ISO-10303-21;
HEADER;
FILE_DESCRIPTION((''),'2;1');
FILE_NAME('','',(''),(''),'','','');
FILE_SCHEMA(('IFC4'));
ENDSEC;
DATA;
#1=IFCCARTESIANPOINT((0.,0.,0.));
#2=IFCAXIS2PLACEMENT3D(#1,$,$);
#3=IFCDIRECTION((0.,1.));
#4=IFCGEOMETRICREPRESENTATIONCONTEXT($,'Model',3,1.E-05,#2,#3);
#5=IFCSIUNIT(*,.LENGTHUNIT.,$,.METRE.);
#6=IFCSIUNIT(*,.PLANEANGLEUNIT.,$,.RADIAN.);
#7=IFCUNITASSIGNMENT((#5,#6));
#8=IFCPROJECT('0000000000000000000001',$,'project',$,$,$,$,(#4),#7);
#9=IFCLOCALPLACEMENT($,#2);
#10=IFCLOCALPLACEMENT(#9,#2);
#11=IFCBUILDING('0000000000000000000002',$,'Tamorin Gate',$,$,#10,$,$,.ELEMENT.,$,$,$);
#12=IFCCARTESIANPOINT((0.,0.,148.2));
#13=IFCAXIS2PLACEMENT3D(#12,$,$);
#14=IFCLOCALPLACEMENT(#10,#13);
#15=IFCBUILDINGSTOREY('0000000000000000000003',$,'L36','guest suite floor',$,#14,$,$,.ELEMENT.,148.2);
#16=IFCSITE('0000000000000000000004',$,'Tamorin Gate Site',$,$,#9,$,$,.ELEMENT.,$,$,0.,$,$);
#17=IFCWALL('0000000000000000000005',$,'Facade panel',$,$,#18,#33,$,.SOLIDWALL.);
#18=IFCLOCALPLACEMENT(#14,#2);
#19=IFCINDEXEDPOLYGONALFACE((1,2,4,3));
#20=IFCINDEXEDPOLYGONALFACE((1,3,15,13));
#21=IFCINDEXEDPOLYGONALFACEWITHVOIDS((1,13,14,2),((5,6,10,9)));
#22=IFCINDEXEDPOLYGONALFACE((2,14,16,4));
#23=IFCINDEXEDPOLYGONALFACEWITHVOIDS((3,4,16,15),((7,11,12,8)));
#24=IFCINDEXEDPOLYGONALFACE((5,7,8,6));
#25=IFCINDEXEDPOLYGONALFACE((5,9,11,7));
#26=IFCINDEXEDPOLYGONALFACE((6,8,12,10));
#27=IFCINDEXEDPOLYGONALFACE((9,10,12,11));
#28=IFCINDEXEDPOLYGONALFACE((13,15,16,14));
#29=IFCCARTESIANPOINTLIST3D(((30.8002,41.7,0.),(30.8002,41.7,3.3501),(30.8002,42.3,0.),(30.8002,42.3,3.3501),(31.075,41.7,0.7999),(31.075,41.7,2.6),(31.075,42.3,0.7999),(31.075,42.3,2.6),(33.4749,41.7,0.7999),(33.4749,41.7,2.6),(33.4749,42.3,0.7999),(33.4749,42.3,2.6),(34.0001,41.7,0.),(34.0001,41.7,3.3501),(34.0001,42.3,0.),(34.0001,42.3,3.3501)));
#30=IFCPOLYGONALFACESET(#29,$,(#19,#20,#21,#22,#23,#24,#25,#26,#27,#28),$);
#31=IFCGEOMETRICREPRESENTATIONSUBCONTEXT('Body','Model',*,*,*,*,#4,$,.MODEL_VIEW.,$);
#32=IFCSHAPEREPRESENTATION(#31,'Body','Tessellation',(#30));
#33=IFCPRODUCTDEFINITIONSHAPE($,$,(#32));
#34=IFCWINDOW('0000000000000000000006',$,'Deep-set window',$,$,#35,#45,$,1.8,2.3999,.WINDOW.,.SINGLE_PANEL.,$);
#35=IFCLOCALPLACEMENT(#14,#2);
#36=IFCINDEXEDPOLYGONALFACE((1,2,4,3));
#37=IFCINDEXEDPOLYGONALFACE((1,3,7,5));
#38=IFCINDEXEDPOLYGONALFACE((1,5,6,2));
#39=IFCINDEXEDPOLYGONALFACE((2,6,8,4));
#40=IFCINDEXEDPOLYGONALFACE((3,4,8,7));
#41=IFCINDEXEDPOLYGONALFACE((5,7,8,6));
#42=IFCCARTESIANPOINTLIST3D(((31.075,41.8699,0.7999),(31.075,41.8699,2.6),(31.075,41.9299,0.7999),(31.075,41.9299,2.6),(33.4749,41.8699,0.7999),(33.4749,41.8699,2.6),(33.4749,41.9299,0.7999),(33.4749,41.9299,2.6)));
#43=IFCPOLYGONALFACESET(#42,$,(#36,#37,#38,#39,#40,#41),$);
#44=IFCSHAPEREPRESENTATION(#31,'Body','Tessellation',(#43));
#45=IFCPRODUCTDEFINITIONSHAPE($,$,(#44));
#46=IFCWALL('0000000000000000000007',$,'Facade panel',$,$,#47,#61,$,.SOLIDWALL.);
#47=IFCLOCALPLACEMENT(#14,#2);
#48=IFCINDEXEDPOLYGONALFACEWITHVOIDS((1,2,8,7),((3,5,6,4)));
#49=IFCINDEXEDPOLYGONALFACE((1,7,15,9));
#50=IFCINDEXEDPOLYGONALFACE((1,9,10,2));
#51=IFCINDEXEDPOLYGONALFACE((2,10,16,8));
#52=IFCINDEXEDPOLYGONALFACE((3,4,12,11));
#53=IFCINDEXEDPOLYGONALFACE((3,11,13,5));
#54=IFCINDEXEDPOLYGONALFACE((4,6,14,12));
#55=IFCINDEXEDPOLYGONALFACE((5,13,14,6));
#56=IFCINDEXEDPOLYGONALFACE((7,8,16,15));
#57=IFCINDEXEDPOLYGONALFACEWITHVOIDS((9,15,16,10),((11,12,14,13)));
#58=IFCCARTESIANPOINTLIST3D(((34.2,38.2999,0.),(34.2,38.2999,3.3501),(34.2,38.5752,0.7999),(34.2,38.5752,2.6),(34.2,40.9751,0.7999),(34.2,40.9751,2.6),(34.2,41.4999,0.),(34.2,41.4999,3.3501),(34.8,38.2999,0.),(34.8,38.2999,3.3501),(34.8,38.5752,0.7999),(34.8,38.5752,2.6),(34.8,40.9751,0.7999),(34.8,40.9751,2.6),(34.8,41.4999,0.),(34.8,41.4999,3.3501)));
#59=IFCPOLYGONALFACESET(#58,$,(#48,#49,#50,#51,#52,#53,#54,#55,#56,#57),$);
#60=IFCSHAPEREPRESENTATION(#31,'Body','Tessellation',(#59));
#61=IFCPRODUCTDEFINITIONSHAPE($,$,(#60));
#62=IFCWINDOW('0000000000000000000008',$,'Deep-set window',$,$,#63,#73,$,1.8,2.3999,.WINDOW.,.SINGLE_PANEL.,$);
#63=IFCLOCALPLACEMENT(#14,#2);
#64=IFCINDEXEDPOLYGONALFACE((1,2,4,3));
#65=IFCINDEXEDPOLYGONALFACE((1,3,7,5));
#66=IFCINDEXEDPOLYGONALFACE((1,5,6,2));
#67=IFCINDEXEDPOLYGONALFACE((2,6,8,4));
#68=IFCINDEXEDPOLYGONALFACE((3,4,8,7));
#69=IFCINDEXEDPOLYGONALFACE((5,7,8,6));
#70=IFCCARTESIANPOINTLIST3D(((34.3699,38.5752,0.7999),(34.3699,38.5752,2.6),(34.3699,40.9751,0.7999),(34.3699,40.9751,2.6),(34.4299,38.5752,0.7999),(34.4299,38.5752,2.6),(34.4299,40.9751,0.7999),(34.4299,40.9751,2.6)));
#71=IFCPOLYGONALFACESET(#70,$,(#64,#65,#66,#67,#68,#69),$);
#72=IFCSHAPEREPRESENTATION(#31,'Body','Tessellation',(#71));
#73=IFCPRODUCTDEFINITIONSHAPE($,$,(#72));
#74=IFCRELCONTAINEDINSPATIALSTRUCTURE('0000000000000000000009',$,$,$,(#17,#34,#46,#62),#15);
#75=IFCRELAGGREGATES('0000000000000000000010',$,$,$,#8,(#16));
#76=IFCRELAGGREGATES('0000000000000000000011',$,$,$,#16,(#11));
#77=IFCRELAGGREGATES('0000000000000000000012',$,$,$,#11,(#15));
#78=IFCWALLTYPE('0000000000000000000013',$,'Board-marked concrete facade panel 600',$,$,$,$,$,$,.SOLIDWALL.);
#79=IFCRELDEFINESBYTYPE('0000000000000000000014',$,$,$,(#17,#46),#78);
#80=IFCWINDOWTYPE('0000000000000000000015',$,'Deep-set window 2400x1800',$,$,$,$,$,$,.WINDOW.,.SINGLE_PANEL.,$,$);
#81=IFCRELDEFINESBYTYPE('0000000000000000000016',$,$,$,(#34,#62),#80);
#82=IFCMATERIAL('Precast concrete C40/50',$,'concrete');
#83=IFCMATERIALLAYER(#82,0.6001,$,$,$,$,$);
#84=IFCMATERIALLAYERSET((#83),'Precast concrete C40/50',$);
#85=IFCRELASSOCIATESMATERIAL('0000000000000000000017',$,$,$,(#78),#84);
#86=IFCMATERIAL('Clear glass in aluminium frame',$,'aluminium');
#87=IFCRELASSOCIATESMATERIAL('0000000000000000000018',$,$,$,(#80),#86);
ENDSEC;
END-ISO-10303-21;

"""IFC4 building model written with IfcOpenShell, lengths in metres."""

from ifc_helpers import new_model, si_unit, direction, frame, frame_2d, origin, place, context, subcontext, project, spatial, rectangle, extrude, material, layer, layer_set, type_object, element, fill, save


model = new_model("IFC4")

# Units and contexts
model_context = context("Model", 3, precision=1e-05, world=origin(), true_north=direction((0.0, 1.0)))
body_context = subcontext(model_context, "Body", "Model", "MODEL_VIEW")
ifc_project = project(units=[si_unit("LENGTHUNIT", "METRE"), si_unit("PLANEANGLEUNIT", "RADIAN")], contexts=[model_context])

# Site, building, storey
site_placement = place(None, origin())
site = spatial("IfcSite", under=ifc_project, at=site_placement, Name="Tamorin Gate Site", CompositionType="ELEMENT", RefElevation=0.0)
building_placement = place(site_placement, origin())
building = spatial("IfcBuilding", under=site, at=building_placement, Name="Tamorin Gate", CompositionType="ELEMENT")
storey_placement = place(building_placement, frame((0.0, 0.0, 148.2)))
storey = spatial("IfcBuildingStorey", under=building, at=storey_placement, Name="L36", Description="guest suite floor", CompositionType="ELEMENT", Elevation=148.2)

# Shared definitions
ifc_material_1 = material(Name="Precast concrete C40/50", Category="concrete")
ifc_layer_1 = layer(ifc_material_1, 0.6001)
ifc_layer_set_1 = layer_set([ifc_layer_1], Name="Precast concrete C40/50")
wall_type = type_object("IfcWallType", Name="Board-marked concrete facade panel 600", PredefinedType="SOLIDWALL", material=ifc_layer_set_1)

# Walls, openings, windows
wall_1_placement = place(storey_placement, frame((30.8, 42.0, 0.0), z_axis=(0.0, 0.0, 1.0), x_axis=(1.0, 0.0, 0.0)))
wall_1 = element("IfcWall", 1, at=wall_1_placement, inside=storey, type_object=wall_type, Name="Facade panel", PredefinedType="SOLIDWALL", context=body_context, shape_type="SweptSolid", body=[
    extrude(rectangle(XDim=3.2, YDim=0.6001, at=frame_2d((1.6001, 0.0))), origin(), (0.0, 0.0, 1.0), 3.3501),
])
opening_1_placement = place(wall_1_placement, frame((0.2749, 0.0, 0.8)))
opening_1 = element("IfcOpeningElement", 2, at=opening_1_placement, cuts=wall_1, PredefinedType="OPENING", context=body_context, shape_type="SweptSolid", body=[
    extrude(rectangle(XDim=2.3999, YDim=1.8, at=frame_2d((1.2, 0.8999))), frame((0.0, 0.3101, 0.0), z_axis=(0.0, -1.0, 0.0), x_axis=(1.0, 0.0, 0.0)), (0.0, 0.0, 1.0), 0.6201),
])
ifc_material_2 = material(Name="Clear glass in aluminium frame", Category="aluminium")
window_type = type_object("IfcWindowType", Name="Deep-set window 2400x1800", PartitioningType="SINGLE_PANEL", PredefinedType="WINDOW", material=ifc_material_2)
window_1_placement = place(opening_1_placement, origin())
window_1 = element("IfcWindow", 3, at=window_1_placement, inside=storey, type_object=window_type, Name="Deep-set window", OverallHeight=1.8, OverallWidth=2.3999, PartitioningType="SINGLE_PANEL", PredefinedType="WINDOW", context=body_context, shape_type="SweptSolid", body=[
    extrude(rectangle(XDim=2.3999, YDim=1.8, at=frame_2d((1.2, 0.8999))), frame((0.0, -0.0701, 0.0), z_axis=(0.0, -1.0, 0.0), x_axis=(1.0, 0.0, 0.0)), (0.0, 0.0, 1.0), 0.0601),
])
fill(opening_1, window_1)
wall_2_placement = place(storey_placement, frame((34.5, 41.5, 0.0), z_axis=(0.0, 0.0, 1.0), x_axis=(0.0, -1.0, 0.0)))
wall_2 = element("IfcWall", 4, at=wall_2_placement, inside=storey, type_object=wall_type, Name="Facade panel", PredefinedType="SOLIDWALL", context=body_context, shape_type="SweptSolid", body=[
    extrude(rectangle(XDim=3.2, YDim=0.6001, at=frame_2d((1.6001, 0.0))), origin(), (0.0, 0.0, 1.0), 3.3501),
])
opening_2_placement = place(wall_2_placement, frame((0.5249, 0.0, 0.8)))
opening_2 = element("IfcOpeningElement", 5, at=opening_2_placement, cuts=wall_2, PredefinedType="OPENING", context=body_context, shape_type="SweptSolid", body=[
    extrude(rectangle(XDim=2.3999, YDim=1.8, at=frame_2d((1.2, 0.8999))), frame((0.0, 0.3101, 0.0), z_axis=(0.0, -1.0, 0.0), x_axis=(1.0, 0.0, 0.0)), (0.0, 0.0, 1.0), 0.6201),
])
window_2_placement = place(opening_2_placement, origin())
window_2 = element("IfcWindow", 6, at=window_2_placement, inside=storey, type_object=window_type, Name="Deep-set window", OverallHeight=1.8, OverallWidth=2.3999, PartitioningType="SINGLE_PANEL", PredefinedType="WINDOW", context=body_context, shape_type="SweptSolid", body=[
    extrude(rectangle(XDim=2.3999, YDim=1.8, at=frame_2d((1.2, 0.8999))), frame((0.0, -0.0701, 0.0), z_axis=(0.0, -1.0, 0.0), x_axis=(1.0, 0.0, 0.0)), (0.0, 0.0, 1.0), 0.0601),
])
fill(opening_2, window_2)

save(model, "model.ifc")
